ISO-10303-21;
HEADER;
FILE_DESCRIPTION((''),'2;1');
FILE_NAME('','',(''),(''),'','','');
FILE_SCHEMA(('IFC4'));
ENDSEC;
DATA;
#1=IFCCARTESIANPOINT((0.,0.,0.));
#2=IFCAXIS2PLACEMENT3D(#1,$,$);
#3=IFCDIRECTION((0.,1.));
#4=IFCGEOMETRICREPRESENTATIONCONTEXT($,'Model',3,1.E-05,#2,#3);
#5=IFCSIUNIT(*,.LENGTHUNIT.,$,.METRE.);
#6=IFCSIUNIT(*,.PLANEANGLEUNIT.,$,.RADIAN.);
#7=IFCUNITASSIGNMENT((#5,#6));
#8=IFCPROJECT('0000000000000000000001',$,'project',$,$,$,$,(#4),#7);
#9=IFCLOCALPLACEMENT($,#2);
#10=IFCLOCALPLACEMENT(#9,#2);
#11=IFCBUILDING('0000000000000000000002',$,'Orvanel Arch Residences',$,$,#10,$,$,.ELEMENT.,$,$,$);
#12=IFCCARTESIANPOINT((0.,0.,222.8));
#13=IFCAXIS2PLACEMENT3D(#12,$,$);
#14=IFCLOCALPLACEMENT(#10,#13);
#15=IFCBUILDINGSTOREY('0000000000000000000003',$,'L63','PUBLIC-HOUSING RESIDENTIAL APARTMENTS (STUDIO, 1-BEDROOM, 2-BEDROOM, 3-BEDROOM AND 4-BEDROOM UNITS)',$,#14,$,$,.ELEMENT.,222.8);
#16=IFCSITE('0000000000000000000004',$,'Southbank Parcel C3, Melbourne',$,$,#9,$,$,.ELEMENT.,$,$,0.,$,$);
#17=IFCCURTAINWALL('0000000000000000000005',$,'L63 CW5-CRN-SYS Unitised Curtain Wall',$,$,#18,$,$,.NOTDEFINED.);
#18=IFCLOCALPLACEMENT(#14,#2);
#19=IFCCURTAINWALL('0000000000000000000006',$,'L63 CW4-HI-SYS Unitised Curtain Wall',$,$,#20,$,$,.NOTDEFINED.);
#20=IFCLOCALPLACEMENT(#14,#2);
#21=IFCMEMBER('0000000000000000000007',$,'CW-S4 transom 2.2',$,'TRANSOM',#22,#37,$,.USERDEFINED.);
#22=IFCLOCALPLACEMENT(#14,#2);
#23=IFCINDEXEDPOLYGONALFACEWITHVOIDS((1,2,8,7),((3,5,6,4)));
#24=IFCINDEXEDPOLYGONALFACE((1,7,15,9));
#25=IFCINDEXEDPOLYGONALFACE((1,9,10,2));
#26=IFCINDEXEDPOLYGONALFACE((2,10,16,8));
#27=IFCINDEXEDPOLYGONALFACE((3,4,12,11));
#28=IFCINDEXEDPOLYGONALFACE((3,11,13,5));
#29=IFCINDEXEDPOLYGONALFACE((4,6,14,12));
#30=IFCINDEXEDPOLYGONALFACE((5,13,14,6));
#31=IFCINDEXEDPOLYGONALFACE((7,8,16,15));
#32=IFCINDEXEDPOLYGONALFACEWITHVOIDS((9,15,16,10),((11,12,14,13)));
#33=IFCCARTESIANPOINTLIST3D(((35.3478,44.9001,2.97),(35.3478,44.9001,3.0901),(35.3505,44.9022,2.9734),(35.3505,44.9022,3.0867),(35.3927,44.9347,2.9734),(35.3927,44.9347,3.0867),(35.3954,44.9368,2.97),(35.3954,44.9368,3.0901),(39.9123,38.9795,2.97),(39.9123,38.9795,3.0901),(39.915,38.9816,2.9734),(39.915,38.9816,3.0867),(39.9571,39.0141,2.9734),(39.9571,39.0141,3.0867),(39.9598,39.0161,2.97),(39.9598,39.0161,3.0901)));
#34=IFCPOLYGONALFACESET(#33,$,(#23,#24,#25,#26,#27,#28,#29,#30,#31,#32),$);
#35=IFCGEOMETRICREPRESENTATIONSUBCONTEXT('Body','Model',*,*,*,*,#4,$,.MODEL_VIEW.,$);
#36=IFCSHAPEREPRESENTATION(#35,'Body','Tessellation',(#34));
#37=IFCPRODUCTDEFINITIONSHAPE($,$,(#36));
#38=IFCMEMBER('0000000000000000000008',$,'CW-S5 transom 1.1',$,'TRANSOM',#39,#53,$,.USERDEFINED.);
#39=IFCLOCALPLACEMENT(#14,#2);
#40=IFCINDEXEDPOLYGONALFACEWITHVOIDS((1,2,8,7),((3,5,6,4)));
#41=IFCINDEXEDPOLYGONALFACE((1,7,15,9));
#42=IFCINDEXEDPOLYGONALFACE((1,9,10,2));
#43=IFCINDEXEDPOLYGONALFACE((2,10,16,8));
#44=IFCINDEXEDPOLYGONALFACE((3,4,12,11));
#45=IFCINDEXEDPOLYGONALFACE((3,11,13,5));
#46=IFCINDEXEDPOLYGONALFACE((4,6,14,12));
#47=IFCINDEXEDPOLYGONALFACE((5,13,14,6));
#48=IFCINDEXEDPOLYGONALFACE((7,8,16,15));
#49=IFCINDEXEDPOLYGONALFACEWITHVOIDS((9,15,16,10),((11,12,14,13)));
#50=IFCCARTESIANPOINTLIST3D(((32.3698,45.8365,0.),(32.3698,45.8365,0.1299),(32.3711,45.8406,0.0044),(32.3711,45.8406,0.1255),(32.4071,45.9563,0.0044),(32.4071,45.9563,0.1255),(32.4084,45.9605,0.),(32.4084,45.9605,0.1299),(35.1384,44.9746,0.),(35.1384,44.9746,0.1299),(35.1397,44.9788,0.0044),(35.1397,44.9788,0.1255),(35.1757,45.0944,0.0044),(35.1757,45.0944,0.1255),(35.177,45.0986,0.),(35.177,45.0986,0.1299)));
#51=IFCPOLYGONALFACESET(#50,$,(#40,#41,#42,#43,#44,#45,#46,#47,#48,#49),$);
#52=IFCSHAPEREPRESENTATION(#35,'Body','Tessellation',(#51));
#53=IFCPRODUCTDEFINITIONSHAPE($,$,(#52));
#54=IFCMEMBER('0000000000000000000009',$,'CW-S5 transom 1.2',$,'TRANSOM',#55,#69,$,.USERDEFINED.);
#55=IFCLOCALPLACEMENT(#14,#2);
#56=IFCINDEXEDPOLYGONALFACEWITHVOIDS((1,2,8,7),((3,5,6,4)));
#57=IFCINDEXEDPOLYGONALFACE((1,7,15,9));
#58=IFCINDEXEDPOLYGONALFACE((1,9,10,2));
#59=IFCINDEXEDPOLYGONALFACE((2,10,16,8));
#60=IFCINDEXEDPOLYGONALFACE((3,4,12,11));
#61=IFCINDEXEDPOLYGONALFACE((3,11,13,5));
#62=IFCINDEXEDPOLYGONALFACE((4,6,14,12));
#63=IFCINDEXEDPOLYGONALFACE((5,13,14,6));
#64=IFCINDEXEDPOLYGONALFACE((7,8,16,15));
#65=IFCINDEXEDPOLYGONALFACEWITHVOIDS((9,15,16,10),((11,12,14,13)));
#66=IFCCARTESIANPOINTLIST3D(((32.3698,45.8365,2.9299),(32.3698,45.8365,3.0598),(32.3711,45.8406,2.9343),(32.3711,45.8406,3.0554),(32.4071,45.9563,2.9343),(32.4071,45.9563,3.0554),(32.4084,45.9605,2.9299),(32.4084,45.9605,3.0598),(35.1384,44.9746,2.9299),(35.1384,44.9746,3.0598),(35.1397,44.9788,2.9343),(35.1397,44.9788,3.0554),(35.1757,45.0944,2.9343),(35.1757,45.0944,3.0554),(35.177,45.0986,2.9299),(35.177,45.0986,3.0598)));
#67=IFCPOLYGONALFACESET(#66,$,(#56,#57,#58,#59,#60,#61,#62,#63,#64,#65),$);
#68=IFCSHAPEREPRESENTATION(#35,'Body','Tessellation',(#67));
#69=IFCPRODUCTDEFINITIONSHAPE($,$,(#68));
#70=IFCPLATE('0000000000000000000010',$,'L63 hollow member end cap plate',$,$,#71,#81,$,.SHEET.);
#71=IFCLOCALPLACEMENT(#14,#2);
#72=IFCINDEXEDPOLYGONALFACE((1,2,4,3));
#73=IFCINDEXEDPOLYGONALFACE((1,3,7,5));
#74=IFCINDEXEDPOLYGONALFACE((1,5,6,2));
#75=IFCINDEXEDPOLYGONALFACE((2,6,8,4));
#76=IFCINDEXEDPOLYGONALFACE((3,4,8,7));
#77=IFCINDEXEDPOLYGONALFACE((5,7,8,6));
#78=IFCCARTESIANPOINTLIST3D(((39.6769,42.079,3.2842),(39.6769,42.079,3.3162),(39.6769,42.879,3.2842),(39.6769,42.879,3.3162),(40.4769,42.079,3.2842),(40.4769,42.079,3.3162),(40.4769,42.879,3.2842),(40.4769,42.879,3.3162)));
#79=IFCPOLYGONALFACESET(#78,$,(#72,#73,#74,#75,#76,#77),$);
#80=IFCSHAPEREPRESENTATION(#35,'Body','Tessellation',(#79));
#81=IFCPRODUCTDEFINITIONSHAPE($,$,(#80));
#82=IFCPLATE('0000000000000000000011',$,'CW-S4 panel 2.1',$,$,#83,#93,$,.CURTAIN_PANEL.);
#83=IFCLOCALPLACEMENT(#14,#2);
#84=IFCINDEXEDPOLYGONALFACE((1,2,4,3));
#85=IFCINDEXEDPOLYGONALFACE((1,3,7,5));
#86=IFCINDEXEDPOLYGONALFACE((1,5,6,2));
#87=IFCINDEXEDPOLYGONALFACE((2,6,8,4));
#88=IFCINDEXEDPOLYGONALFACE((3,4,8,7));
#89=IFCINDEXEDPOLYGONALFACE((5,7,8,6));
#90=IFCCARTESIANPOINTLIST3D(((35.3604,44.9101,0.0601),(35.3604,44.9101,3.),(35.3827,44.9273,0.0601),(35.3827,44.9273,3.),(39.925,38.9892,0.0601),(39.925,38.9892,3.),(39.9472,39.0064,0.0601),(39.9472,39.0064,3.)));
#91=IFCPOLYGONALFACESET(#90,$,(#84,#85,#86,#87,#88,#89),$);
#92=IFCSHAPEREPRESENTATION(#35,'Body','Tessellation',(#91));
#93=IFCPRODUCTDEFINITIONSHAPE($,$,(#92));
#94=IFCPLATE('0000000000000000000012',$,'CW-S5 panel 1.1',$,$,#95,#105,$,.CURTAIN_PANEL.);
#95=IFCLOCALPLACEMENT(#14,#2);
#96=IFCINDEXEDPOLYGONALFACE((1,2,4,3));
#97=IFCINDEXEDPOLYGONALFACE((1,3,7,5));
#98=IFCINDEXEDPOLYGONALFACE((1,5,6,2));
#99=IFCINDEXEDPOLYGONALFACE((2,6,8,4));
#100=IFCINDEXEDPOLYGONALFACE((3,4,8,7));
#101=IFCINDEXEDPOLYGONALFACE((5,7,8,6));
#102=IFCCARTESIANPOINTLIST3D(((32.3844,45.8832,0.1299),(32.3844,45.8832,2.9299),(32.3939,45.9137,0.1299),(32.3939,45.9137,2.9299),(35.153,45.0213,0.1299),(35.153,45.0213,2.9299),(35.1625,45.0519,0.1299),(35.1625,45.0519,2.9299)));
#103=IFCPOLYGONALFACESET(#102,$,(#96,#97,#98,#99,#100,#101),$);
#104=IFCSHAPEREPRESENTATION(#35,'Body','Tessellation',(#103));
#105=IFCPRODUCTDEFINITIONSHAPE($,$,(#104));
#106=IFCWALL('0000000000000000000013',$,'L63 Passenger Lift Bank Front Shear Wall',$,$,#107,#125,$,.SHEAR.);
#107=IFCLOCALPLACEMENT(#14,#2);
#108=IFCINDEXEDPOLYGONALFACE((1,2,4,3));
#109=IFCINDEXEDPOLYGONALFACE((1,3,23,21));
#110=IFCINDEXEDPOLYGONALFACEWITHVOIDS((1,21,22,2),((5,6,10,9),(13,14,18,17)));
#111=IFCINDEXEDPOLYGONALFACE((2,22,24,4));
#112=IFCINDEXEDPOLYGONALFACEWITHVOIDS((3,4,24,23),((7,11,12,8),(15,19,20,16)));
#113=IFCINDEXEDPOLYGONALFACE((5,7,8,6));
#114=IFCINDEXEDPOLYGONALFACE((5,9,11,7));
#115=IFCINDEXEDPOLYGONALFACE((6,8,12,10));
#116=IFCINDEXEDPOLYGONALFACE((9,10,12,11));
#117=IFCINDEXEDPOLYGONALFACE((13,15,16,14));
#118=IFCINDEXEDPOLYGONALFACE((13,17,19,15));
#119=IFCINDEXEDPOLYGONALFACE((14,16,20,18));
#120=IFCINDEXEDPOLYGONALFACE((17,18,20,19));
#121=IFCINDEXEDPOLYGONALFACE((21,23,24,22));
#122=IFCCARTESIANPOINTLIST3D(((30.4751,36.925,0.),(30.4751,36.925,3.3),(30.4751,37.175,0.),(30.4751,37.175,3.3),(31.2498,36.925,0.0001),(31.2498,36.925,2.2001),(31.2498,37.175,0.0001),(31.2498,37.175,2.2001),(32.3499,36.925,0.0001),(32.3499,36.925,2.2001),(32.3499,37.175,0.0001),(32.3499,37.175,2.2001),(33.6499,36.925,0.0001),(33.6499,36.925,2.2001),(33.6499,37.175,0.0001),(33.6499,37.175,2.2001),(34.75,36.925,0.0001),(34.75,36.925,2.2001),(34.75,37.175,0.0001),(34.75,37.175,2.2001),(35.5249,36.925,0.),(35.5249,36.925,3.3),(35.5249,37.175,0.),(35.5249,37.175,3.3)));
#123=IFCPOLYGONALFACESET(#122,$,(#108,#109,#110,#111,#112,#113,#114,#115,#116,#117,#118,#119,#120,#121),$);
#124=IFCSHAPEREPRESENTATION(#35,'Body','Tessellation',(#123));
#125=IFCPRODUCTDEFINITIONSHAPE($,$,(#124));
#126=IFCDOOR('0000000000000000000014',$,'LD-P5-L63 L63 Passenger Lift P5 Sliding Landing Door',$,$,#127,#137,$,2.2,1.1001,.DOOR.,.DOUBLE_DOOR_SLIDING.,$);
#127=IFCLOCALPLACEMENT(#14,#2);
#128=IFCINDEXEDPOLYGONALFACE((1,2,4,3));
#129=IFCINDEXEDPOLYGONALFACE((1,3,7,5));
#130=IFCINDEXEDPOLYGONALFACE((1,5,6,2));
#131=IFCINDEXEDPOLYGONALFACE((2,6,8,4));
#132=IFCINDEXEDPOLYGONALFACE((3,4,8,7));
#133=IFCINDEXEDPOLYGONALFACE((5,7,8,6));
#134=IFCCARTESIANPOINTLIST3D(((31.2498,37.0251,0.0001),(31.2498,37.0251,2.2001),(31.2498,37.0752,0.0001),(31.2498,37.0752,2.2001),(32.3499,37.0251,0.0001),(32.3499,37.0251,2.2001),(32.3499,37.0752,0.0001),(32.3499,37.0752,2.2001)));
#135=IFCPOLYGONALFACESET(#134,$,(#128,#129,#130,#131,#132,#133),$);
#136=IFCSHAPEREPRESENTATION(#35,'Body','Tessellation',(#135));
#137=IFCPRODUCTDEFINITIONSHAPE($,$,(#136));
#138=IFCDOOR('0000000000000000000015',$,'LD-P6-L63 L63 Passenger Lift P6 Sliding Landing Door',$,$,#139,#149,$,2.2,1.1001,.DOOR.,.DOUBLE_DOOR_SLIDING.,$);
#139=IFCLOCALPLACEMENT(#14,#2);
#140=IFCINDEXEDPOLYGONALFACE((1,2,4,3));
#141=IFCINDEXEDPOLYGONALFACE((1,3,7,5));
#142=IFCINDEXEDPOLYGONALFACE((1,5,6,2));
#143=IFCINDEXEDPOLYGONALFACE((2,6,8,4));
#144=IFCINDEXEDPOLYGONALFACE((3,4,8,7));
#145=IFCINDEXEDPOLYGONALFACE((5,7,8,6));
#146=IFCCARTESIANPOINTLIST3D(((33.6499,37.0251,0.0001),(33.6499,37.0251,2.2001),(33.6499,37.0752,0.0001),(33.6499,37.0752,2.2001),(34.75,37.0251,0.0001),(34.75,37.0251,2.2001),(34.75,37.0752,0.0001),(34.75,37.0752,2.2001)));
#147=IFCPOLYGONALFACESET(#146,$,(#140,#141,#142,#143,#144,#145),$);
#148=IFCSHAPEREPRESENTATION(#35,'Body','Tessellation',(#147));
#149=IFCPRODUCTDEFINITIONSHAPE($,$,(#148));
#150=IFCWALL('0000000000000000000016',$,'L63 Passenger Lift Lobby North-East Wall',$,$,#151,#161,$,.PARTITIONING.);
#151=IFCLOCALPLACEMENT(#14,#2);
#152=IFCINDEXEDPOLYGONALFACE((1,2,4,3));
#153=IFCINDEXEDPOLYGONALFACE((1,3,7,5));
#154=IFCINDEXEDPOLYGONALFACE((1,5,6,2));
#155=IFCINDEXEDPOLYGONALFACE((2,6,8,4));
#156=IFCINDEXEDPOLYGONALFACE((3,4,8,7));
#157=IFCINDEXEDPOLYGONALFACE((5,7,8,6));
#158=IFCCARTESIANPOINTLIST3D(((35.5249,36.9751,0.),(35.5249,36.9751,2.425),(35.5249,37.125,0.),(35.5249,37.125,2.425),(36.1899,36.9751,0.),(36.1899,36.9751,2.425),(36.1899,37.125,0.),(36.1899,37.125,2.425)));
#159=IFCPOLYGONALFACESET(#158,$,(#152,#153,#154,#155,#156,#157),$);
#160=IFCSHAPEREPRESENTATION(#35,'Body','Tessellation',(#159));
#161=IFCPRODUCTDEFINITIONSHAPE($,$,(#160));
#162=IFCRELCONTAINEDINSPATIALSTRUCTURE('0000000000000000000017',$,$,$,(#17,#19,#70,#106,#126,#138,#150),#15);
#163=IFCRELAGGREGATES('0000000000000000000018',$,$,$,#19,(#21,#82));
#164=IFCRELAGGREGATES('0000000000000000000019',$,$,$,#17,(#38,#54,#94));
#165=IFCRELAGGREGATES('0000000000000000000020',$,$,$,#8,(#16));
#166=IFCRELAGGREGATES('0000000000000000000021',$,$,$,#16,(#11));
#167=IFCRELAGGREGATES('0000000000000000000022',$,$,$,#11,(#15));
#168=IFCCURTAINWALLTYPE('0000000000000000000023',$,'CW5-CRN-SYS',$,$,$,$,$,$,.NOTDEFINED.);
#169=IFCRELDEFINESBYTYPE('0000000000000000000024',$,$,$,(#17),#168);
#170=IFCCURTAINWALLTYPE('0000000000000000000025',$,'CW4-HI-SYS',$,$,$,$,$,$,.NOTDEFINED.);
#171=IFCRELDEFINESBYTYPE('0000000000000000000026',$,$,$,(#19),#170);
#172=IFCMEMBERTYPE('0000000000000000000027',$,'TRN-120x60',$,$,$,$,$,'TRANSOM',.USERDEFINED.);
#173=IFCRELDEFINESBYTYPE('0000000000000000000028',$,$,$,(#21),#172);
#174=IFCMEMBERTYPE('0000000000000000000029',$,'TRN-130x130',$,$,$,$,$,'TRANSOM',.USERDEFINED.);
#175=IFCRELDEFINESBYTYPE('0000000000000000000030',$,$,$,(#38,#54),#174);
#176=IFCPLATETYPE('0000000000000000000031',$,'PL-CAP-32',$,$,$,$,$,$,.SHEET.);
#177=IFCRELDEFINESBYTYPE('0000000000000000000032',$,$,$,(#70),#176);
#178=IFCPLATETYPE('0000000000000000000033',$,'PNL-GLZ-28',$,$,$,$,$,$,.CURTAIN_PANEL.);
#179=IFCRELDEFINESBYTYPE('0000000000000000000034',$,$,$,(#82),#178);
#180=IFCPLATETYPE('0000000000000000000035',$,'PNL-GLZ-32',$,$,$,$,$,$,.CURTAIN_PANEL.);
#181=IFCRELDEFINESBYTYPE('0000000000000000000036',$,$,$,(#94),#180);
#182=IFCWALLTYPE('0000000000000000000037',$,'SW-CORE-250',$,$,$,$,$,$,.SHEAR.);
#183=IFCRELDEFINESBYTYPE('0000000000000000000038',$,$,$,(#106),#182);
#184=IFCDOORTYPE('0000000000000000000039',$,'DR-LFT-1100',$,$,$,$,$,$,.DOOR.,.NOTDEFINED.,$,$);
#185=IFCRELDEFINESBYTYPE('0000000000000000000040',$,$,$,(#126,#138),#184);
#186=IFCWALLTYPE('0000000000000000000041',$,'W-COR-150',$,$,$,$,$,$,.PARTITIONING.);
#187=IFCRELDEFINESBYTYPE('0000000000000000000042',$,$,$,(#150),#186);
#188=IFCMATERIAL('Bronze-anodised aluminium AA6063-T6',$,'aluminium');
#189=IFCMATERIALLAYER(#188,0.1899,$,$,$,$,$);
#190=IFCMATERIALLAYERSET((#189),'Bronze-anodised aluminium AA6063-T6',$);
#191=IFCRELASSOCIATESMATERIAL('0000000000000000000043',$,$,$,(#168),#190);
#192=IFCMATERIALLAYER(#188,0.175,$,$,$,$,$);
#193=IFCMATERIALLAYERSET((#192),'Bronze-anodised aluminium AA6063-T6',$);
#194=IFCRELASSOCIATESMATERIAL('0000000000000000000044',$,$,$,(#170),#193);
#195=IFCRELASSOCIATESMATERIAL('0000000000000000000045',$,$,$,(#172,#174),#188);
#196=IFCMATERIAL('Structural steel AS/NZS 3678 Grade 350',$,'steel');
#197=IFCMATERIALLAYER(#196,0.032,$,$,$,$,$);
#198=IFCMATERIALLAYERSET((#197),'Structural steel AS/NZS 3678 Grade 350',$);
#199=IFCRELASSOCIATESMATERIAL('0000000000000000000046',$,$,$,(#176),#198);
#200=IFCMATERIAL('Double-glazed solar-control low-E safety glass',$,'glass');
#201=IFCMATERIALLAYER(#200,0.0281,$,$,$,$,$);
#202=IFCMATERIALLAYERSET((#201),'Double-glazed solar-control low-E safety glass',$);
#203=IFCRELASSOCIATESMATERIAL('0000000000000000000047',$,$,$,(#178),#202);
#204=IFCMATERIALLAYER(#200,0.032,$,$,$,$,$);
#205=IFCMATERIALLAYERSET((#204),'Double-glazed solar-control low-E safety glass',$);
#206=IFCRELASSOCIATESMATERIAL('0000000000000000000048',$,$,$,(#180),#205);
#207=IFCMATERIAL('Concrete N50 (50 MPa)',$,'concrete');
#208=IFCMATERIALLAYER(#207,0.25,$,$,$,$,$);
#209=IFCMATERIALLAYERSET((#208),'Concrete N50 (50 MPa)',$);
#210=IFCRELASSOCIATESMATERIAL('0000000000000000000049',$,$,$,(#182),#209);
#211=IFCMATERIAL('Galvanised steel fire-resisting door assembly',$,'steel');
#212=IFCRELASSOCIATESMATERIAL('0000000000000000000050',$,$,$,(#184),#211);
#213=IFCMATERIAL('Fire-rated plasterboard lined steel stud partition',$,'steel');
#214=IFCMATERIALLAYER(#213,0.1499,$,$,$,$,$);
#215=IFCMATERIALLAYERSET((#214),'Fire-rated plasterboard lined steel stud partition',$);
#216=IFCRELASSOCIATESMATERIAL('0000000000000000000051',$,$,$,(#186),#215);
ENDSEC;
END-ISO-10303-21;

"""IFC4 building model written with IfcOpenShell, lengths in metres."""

from ifc_helpers import new_model, si_unit, direction, frame, frame_2d, origin, origin_2d, place, context, subcontext, project, spatial, rectangle, hollow_rectangle, extrude, material, layer, layer_set, material_profile, profile_set, type_object, element, fill, aggregate, save


model = new_model("IFC4")

# Units and contexts
model_context = context("Model", 3, precision=1e-05, world=origin(), true_north=direction((0.0, 1.0)))
body_context = subcontext(model_context, "Body", "Model", "MODEL_VIEW")
ifc_project = project(units=[si_unit("LENGTHUNIT", "METRE"), si_unit("PLANEANGLEUNIT", "RADIAN")], contexts=[model_context])

# Site, building, storey
site_placement = place(None, origin())
site = spatial("IfcSite", under=ifc_project, at=site_placement, Name="Southbank Parcel C3, Melbourne", CompositionType="ELEMENT", RefElevation=0.0)
building_placement = place(site_placement, origin())
building = spatial("IfcBuilding", under=site, at=building_placement, Name="Orvanel Arch Residences", CompositionType="ELEMENT")
storey_placement = place(building_placement, frame((0.0, 0.0, 222.8)))
storey = spatial("IfcBuildingStorey", under=building, at=storey_placement, Name="L63", Description="PUBLIC-HOUSING RESIDENTIAL APARTMENTS (STUDIO, 1-BEDROOM, 2-BEDROOM, 3-BEDROOM AND 4-BEDROOM UNITS)", CompositionType="ELEMENT", Elevation=222.8)

# Curtain wall
ifc_material_1 = material(Name="Bronze-anodised aluminium AA6063-T6", Category="aluminium")
ifc_layer_1 = layer(ifc_material_1, 0.1899)
ifc_layer_set_1 = layer_set([ifc_layer_1], Name="Bronze-anodised aluminium AA6063-T6")
curtain_wall_type_1 = type_object("IfcCurtainWallType", Name="CW5-CRN-SYS", PredefinedType="NOTDEFINED", material=ifc_layer_set_1)
curtain_wall_1_placement = place(storey_placement, origin())
curtain_wall_1 = element("IfcCurtainWall", 1, at=curtain_wall_1_placement, inside=storey, type_object=curtain_wall_type_1, Name="L63 CW5-CRN-SYS Unitised Curtain Wall", PredefinedType="NOTDEFINED")

# Curtain wall
ifc_layer_2 = layer(ifc_material_1, 0.175)
ifc_layer_set_2 = layer_set([ifc_layer_2], Name="Bronze-anodised aluminium AA6063-T6")
curtain_wall_type_2 = type_object("IfcCurtainWallType", Name="CW4-HI-SYS", PredefinedType="NOTDEFINED", material=ifc_layer_set_2)
curtain_wall_2_placement = place(storey_placement, origin())
curtain_wall_2 = element("IfcCurtainWall", 2, at=curtain_wall_2_placement, inside=storey, type_object=curtain_wall_type_2, Name="L63 CW4-HI-SYS Unitised Curtain Wall", PredefinedType="NOTDEFINED")

# Members
ifc_material_profile_1 = material_profile(ifc_material_1, hollow_rectangle(XDim=0.0601, YDim=0.1201, WallThickness=0.0034, at=origin_2d()), Name="ALU120x60x3.5")
ifc_profile_set_1 = profile_set([ifc_material_profile_1], Name="Bronze-anodised aluminium AA6063-T6")
member_type_1 = type_object("IfcMemberType", Name="TRN-120x60", ElementType="TRANSOM", PredefinedType="USERDEFINED", material=ifc_profile_set_1)
member_1_placement = place(storey_placement, frame((39.936, 38.9978, 3.03), z_axis=(-0.610559, 0.79197, 0.0), x_axis=(-0.79197, -0.610559, 0.0)))
member_1 = element("IfcMember", 3, at=member_1_placement, type_object=member_type_1, Name="CW-S4 transom 2.2", ObjectType="TRANSOM", PredefinedType="USERDEFINED", context=body_context, shape_type="SweptSolid", body=[
    extrude(hollow_rectangle(XDim=0.0601, YDim=0.1201, WallThickness=0.0034, at=origin_2d()), origin(), (0.0, 0.0, 1.0), 7.4758),
])
ifc_material_profile_2 = material_profile(ifc_material_1, hollow_rectangle(XDim=0.1299, YDim=0.1299, WallThickness=0.0044, at=origin_2d()), Name="ALU130x130x4.5")
ifc_profile_set_2 = profile_set([ifc_material_profile_2], Name="Bronze-anodised aluminium AA6063-T6")
member_type_2 = type_object("IfcMemberType", Name="TRN-130x130", ElementType="TRANSOM", PredefinedType="USERDEFINED", material=ifc_profile_set_2)
member_2_placement = place(storey_placement, frame((35.1577, 45.0366, 0.0649), z_axis=(-0.954809, 0.29722, 0.0), x_axis=(-0.29722, -0.954809, 0.0)))
member_2 = element("IfcMember", 4, at=member_2_placement, type_object=member_type_2, Name="CW-S5 transom 1.1", ObjectType="TRANSOM", PredefinedType="USERDEFINED", context=body_context, shape_type="SweptSolid", body=[
    extrude(hollow_rectangle(XDim=0.1299, YDim=0.1299, WallThickness=0.0044, at=origin_2d()), origin(), (0.0, 0.0, 1.0), 2.8997),
])
member_3_placement = place(storey_placement, frame((35.1577, 45.0366, 2.9949), z_axis=(-0.954809, 0.29722, 0.0), x_axis=(-0.29722, -0.954809, 0.0)))
member_3 = element("IfcMember", 5, at=member_3_placement, type_object=member_type_2, Name="CW-S5 transom 1.2", ObjectType="TRANSOM", PredefinedType="USERDEFINED", context=body_context, shape_type="SweptSolid", body=[
    extrude(hollow_rectangle(XDim=0.1299, YDim=0.1299, WallThickness=0.0044, at=origin_2d()), origin(), (0.0, 0.0, 1.0), 2.8997),
])

# Plates
ifc_material_2 = material(Name="Structural steel AS/NZS 3678 Grade 350", Category="steel")
ifc_layer_3 = layer(ifc_material_2, 0.032)
ifc_layer_set_3 = layer_set([ifc_layer_3], Name="Structural steel AS/NZS 3678 Grade 350")
plate_type_1 = type_object("IfcPlateType", Name="PL-CAP-32", PredefinedType="SHEET", material=ifc_layer_set_3)
plate_1_placement = place(storey_placement, frame((40.0769, 42.479, 3.2842), z_axis=(0.0, 0.0, 1.0), x_axis=(1.0, 0.0, 0.0)))
element("IfcPlate", 6, at=plate_1_placement, inside=storey, type_object=plate_type_1, Name="L63 hollow member end cap plate", PredefinedType="SHEET", context=body_context, shape_type="SweptSolid", body=[
    extrude(rectangle(XDim=0.8, YDim=0.8, at=origin_2d()), origin(), (0.0, 0.0, 1.0), 0.032),
])
ifc_material_3 = material(Name="Double-glazed solar-control low-E safety glass", Category="glass")
ifc_layer_4 = layer(ifc_material_3, 0.0281)
ifc_layer_set_4 = layer_set([ifc_layer_4], Name="Double-glazed solar-control low-E safety glass")
plate_type_2 = type_object("IfcPlateType", Name="PNL-GLZ-28", PredefinedType="CURTAIN_PANEL", material=ifc_layer_set_4)
plate_2_placement = place(storey_placement, frame((37.6538, 41.9583, 0.0601), z_axis=(0.0, 0.0, 1.0), x_axis=(-0.610553, 0.791976, 0.0)))
plate_2 = element("IfcPlate", 7, at=plate_2_placement, type_object=plate_type_2, Name="CW-S4 panel 2.1", PredefinedType="CURTAIN_PANEL", context=body_context, shape_type="SweptSolid", body=[
    extrude(rectangle(XDim=7.4761, YDim=0.0281, at=origin_2d()), origin(), (0.0, 0.0, 1.0), 2.9399),
])
aggregate(curtain_wall_2, [member_1, plate_2])
ifc_layer_5 = layer(ifc_material_3, 0.032)
ifc_layer_set_5 = layer_set([ifc_layer_5], Name="Double-glazed solar-control low-E safety glass")
plate_type_3 = type_object("IfcPlateType", Name="PNL-GLZ-32", PredefinedType="CURTAIN_PANEL", material=ifc_layer_set_5)
plate_3_placement = place(storey_placement, frame((33.7734, 45.4675, 0.1299), z_axis=(0.0, 0.0, 1.0), x_axis=(-0.954808, 0.297225, 0.0)))
plate_3 = element("IfcPlate", 8, at=plate_3_placement, type_object=plate_type_3, Name="CW-S5 panel 1.1", PredefinedType="CURTAIN_PANEL", context=body_context, shape_type="SweptSolid", body=[
    extrude(rectangle(XDim=2.8997, YDim=0.032, at=origin_2d()), origin(), (0.0, 0.0, 1.0), 2.8),
])
aggregate(curtain_wall_1, [member_2, member_3, plate_3])

# Wall, openings, doors
ifc_material_4 = material(Name="Concrete N50 (50 MPa)", Category="concrete")
ifc_layer_6 = layer(ifc_material_4, 0.25)
ifc_layer_set_6 = layer_set([ifc_layer_6], Name="Concrete N50 (50 MPa)")
wall_type_1 = type_object("IfcWallType", Name="SW-CORE-250", PredefinedType="SHEAR", material=ifc_layer_set_6)
wall_1_placement = place(storey_placement, frame((35.5249, 37.05, 0.0), z_axis=(0.0, 0.0, 1.0), x_axis=(-1.0, 0.0, 0.0)))
wall_1 = element("IfcWall", 9, at=wall_1_placement, inside=storey, type_object=wall_type_1, Name="L63 Passenger Lift Bank Front Shear Wall", PredefinedType="SHEAR", context=body_context, shape_type="SweptSolid", body=[
    extrude(rectangle(XDim=5.0498, YDim=0.25, at=frame_2d((2.5249, 0.0))), origin(), (0.0, 0.0, 1.0), 3.3),
])
opening_1_placement = place(wall_1_placement, frame((3.175, 0.0, 0.0)))
opening_1 = element("IfcOpeningElement", 10, at=opening_1_placement, cuts=wall_1, PredefinedType="OPENING", context=body_context, shape_type="SweptSolid", body=[
    extrude(rectangle(XDim=1.1001, YDim=2.2, at=frame_2d((0.55, 1.1001))), frame((0.0, 0.135, 0.0), z_axis=(0.0, -1.0, 0.0), x_axis=(1.0, 0.0, 0.0)), (0.0, 0.0, 1.0), 0.27),
])
opening_2_placement = place(wall_1_placement, frame((0.7749, 0.0, 0.0)))
opening_2 = element("IfcOpeningElement", 11, at=opening_2_placement, cuts=wall_1, PredefinedType="OPENING", context=body_context, shape_type="SweptSolid", body=[
    extrude(rectangle(XDim=1.1001, YDim=2.2, at=frame_2d((0.55, 1.1001))), frame((0.0, 0.135, 0.0), z_axis=(0.0, -1.0, 0.0), x_axis=(1.0, 0.0, 0.0)), (0.0, 0.0, 1.0), 0.27),
])
ifc_material_5 = material(Name="Galvanised steel fire-resisting door assembly", Category="steel")
door_type_1 = type_object("IfcDoorType", Name="DR-LFT-1100", OperationType="NOTDEFINED", PredefinedType="DOOR", material=ifc_material_5)
door_1_placement = place(opening_1_placement, origin())
door_1 = element("IfcDoor", 12, at=door_1_placement, inside=storey, type_object=door_type_1, Name="LD-P5-L63 L63 Passenger Lift P5 Sliding Landing Door", OperationType="DOUBLE_DOOR_SLIDING", OverallHeight=2.2, OverallWidth=1.1001, PredefinedType="DOOR", context=body_context, shape_type="SweptSolid", body=[
    extrude(rectangle(XDim=1.1001, YDim=2.2, at=frame_2d((0.55, 1.1001))), frame((0.0, 0.0249, 0.0), z_axis=(0.0, -1.0, 0.0), x_axis=(1.0, 0.0, 0.0)), (0.0, 0.0, 1.0), 0.05),
])
fill(opening_1, door_1)
door_2_placement = place(opening_2_placement, origin())
door_2 = element("IfcDoor", 13, at=door_2_placement, inside=storey, type_object=door_type_1, Name="LD-P6-L63 L63 Passenger Lift P6 Sliding Landing Door", OperationType="DOUBLE_DOOR_SLIDING", OverallHeight=2.2, OverallWidth=1.1001, PredefinedType="DOOR", context=body_context, shape_type="SweptSolid", body=[
    extrude(rectangle(XDim=1.1001, YDim=2.2, at=frame_2d((0.55, 1.1001))), frame((0.0, 0.0249, 0.0), z_axis=(0.0, -1.0, 0.0), x_axis=(1.0, 0.0, 0.0)), (0.0, 0.0, 1.0), 0.05),
])
fill(opening_2, door_2)

# Wall
ifc_material_6 = material(Name="Fire-rated plasterboard lined steel stud partition", Category="steel")
ifc_layer_7 = layer(ifc_material_6, 0.1499)
ifc_layer_set_7 = layer_set([ifc_layer_7], Name="Fire-rated plasterboard lined steel stud partition")
wall_type_2 = type_object("IfcWallType", Name="W-COR-150", PredefinedType="PARTITIONING", material=ifc_layer_set_7)
wall_2_placement = place(storey_placement, frame((35.5249, 37.05, 0.0), z_axis=(0.0, 0.0, 1.0), x_axis=(1.0, 0.0, 0.0)))
element("IfcWall", 14, at=wall_2_placement, inside=storey, type_object=wall_type_2, Name="L63 Passenger Lift Lobby North-East Wall", PredefinedType="PARTITIONING", context=body_context, shape_type="SweptSolid", body=[
    extrude(rectangle(XDim=0.665, YDim=0.1499, at=frame_2d((0.3325, 0.0))), origin(), (0.0, 0.0, 1.0), 2.425),
])

save(model, "model.ifc")
